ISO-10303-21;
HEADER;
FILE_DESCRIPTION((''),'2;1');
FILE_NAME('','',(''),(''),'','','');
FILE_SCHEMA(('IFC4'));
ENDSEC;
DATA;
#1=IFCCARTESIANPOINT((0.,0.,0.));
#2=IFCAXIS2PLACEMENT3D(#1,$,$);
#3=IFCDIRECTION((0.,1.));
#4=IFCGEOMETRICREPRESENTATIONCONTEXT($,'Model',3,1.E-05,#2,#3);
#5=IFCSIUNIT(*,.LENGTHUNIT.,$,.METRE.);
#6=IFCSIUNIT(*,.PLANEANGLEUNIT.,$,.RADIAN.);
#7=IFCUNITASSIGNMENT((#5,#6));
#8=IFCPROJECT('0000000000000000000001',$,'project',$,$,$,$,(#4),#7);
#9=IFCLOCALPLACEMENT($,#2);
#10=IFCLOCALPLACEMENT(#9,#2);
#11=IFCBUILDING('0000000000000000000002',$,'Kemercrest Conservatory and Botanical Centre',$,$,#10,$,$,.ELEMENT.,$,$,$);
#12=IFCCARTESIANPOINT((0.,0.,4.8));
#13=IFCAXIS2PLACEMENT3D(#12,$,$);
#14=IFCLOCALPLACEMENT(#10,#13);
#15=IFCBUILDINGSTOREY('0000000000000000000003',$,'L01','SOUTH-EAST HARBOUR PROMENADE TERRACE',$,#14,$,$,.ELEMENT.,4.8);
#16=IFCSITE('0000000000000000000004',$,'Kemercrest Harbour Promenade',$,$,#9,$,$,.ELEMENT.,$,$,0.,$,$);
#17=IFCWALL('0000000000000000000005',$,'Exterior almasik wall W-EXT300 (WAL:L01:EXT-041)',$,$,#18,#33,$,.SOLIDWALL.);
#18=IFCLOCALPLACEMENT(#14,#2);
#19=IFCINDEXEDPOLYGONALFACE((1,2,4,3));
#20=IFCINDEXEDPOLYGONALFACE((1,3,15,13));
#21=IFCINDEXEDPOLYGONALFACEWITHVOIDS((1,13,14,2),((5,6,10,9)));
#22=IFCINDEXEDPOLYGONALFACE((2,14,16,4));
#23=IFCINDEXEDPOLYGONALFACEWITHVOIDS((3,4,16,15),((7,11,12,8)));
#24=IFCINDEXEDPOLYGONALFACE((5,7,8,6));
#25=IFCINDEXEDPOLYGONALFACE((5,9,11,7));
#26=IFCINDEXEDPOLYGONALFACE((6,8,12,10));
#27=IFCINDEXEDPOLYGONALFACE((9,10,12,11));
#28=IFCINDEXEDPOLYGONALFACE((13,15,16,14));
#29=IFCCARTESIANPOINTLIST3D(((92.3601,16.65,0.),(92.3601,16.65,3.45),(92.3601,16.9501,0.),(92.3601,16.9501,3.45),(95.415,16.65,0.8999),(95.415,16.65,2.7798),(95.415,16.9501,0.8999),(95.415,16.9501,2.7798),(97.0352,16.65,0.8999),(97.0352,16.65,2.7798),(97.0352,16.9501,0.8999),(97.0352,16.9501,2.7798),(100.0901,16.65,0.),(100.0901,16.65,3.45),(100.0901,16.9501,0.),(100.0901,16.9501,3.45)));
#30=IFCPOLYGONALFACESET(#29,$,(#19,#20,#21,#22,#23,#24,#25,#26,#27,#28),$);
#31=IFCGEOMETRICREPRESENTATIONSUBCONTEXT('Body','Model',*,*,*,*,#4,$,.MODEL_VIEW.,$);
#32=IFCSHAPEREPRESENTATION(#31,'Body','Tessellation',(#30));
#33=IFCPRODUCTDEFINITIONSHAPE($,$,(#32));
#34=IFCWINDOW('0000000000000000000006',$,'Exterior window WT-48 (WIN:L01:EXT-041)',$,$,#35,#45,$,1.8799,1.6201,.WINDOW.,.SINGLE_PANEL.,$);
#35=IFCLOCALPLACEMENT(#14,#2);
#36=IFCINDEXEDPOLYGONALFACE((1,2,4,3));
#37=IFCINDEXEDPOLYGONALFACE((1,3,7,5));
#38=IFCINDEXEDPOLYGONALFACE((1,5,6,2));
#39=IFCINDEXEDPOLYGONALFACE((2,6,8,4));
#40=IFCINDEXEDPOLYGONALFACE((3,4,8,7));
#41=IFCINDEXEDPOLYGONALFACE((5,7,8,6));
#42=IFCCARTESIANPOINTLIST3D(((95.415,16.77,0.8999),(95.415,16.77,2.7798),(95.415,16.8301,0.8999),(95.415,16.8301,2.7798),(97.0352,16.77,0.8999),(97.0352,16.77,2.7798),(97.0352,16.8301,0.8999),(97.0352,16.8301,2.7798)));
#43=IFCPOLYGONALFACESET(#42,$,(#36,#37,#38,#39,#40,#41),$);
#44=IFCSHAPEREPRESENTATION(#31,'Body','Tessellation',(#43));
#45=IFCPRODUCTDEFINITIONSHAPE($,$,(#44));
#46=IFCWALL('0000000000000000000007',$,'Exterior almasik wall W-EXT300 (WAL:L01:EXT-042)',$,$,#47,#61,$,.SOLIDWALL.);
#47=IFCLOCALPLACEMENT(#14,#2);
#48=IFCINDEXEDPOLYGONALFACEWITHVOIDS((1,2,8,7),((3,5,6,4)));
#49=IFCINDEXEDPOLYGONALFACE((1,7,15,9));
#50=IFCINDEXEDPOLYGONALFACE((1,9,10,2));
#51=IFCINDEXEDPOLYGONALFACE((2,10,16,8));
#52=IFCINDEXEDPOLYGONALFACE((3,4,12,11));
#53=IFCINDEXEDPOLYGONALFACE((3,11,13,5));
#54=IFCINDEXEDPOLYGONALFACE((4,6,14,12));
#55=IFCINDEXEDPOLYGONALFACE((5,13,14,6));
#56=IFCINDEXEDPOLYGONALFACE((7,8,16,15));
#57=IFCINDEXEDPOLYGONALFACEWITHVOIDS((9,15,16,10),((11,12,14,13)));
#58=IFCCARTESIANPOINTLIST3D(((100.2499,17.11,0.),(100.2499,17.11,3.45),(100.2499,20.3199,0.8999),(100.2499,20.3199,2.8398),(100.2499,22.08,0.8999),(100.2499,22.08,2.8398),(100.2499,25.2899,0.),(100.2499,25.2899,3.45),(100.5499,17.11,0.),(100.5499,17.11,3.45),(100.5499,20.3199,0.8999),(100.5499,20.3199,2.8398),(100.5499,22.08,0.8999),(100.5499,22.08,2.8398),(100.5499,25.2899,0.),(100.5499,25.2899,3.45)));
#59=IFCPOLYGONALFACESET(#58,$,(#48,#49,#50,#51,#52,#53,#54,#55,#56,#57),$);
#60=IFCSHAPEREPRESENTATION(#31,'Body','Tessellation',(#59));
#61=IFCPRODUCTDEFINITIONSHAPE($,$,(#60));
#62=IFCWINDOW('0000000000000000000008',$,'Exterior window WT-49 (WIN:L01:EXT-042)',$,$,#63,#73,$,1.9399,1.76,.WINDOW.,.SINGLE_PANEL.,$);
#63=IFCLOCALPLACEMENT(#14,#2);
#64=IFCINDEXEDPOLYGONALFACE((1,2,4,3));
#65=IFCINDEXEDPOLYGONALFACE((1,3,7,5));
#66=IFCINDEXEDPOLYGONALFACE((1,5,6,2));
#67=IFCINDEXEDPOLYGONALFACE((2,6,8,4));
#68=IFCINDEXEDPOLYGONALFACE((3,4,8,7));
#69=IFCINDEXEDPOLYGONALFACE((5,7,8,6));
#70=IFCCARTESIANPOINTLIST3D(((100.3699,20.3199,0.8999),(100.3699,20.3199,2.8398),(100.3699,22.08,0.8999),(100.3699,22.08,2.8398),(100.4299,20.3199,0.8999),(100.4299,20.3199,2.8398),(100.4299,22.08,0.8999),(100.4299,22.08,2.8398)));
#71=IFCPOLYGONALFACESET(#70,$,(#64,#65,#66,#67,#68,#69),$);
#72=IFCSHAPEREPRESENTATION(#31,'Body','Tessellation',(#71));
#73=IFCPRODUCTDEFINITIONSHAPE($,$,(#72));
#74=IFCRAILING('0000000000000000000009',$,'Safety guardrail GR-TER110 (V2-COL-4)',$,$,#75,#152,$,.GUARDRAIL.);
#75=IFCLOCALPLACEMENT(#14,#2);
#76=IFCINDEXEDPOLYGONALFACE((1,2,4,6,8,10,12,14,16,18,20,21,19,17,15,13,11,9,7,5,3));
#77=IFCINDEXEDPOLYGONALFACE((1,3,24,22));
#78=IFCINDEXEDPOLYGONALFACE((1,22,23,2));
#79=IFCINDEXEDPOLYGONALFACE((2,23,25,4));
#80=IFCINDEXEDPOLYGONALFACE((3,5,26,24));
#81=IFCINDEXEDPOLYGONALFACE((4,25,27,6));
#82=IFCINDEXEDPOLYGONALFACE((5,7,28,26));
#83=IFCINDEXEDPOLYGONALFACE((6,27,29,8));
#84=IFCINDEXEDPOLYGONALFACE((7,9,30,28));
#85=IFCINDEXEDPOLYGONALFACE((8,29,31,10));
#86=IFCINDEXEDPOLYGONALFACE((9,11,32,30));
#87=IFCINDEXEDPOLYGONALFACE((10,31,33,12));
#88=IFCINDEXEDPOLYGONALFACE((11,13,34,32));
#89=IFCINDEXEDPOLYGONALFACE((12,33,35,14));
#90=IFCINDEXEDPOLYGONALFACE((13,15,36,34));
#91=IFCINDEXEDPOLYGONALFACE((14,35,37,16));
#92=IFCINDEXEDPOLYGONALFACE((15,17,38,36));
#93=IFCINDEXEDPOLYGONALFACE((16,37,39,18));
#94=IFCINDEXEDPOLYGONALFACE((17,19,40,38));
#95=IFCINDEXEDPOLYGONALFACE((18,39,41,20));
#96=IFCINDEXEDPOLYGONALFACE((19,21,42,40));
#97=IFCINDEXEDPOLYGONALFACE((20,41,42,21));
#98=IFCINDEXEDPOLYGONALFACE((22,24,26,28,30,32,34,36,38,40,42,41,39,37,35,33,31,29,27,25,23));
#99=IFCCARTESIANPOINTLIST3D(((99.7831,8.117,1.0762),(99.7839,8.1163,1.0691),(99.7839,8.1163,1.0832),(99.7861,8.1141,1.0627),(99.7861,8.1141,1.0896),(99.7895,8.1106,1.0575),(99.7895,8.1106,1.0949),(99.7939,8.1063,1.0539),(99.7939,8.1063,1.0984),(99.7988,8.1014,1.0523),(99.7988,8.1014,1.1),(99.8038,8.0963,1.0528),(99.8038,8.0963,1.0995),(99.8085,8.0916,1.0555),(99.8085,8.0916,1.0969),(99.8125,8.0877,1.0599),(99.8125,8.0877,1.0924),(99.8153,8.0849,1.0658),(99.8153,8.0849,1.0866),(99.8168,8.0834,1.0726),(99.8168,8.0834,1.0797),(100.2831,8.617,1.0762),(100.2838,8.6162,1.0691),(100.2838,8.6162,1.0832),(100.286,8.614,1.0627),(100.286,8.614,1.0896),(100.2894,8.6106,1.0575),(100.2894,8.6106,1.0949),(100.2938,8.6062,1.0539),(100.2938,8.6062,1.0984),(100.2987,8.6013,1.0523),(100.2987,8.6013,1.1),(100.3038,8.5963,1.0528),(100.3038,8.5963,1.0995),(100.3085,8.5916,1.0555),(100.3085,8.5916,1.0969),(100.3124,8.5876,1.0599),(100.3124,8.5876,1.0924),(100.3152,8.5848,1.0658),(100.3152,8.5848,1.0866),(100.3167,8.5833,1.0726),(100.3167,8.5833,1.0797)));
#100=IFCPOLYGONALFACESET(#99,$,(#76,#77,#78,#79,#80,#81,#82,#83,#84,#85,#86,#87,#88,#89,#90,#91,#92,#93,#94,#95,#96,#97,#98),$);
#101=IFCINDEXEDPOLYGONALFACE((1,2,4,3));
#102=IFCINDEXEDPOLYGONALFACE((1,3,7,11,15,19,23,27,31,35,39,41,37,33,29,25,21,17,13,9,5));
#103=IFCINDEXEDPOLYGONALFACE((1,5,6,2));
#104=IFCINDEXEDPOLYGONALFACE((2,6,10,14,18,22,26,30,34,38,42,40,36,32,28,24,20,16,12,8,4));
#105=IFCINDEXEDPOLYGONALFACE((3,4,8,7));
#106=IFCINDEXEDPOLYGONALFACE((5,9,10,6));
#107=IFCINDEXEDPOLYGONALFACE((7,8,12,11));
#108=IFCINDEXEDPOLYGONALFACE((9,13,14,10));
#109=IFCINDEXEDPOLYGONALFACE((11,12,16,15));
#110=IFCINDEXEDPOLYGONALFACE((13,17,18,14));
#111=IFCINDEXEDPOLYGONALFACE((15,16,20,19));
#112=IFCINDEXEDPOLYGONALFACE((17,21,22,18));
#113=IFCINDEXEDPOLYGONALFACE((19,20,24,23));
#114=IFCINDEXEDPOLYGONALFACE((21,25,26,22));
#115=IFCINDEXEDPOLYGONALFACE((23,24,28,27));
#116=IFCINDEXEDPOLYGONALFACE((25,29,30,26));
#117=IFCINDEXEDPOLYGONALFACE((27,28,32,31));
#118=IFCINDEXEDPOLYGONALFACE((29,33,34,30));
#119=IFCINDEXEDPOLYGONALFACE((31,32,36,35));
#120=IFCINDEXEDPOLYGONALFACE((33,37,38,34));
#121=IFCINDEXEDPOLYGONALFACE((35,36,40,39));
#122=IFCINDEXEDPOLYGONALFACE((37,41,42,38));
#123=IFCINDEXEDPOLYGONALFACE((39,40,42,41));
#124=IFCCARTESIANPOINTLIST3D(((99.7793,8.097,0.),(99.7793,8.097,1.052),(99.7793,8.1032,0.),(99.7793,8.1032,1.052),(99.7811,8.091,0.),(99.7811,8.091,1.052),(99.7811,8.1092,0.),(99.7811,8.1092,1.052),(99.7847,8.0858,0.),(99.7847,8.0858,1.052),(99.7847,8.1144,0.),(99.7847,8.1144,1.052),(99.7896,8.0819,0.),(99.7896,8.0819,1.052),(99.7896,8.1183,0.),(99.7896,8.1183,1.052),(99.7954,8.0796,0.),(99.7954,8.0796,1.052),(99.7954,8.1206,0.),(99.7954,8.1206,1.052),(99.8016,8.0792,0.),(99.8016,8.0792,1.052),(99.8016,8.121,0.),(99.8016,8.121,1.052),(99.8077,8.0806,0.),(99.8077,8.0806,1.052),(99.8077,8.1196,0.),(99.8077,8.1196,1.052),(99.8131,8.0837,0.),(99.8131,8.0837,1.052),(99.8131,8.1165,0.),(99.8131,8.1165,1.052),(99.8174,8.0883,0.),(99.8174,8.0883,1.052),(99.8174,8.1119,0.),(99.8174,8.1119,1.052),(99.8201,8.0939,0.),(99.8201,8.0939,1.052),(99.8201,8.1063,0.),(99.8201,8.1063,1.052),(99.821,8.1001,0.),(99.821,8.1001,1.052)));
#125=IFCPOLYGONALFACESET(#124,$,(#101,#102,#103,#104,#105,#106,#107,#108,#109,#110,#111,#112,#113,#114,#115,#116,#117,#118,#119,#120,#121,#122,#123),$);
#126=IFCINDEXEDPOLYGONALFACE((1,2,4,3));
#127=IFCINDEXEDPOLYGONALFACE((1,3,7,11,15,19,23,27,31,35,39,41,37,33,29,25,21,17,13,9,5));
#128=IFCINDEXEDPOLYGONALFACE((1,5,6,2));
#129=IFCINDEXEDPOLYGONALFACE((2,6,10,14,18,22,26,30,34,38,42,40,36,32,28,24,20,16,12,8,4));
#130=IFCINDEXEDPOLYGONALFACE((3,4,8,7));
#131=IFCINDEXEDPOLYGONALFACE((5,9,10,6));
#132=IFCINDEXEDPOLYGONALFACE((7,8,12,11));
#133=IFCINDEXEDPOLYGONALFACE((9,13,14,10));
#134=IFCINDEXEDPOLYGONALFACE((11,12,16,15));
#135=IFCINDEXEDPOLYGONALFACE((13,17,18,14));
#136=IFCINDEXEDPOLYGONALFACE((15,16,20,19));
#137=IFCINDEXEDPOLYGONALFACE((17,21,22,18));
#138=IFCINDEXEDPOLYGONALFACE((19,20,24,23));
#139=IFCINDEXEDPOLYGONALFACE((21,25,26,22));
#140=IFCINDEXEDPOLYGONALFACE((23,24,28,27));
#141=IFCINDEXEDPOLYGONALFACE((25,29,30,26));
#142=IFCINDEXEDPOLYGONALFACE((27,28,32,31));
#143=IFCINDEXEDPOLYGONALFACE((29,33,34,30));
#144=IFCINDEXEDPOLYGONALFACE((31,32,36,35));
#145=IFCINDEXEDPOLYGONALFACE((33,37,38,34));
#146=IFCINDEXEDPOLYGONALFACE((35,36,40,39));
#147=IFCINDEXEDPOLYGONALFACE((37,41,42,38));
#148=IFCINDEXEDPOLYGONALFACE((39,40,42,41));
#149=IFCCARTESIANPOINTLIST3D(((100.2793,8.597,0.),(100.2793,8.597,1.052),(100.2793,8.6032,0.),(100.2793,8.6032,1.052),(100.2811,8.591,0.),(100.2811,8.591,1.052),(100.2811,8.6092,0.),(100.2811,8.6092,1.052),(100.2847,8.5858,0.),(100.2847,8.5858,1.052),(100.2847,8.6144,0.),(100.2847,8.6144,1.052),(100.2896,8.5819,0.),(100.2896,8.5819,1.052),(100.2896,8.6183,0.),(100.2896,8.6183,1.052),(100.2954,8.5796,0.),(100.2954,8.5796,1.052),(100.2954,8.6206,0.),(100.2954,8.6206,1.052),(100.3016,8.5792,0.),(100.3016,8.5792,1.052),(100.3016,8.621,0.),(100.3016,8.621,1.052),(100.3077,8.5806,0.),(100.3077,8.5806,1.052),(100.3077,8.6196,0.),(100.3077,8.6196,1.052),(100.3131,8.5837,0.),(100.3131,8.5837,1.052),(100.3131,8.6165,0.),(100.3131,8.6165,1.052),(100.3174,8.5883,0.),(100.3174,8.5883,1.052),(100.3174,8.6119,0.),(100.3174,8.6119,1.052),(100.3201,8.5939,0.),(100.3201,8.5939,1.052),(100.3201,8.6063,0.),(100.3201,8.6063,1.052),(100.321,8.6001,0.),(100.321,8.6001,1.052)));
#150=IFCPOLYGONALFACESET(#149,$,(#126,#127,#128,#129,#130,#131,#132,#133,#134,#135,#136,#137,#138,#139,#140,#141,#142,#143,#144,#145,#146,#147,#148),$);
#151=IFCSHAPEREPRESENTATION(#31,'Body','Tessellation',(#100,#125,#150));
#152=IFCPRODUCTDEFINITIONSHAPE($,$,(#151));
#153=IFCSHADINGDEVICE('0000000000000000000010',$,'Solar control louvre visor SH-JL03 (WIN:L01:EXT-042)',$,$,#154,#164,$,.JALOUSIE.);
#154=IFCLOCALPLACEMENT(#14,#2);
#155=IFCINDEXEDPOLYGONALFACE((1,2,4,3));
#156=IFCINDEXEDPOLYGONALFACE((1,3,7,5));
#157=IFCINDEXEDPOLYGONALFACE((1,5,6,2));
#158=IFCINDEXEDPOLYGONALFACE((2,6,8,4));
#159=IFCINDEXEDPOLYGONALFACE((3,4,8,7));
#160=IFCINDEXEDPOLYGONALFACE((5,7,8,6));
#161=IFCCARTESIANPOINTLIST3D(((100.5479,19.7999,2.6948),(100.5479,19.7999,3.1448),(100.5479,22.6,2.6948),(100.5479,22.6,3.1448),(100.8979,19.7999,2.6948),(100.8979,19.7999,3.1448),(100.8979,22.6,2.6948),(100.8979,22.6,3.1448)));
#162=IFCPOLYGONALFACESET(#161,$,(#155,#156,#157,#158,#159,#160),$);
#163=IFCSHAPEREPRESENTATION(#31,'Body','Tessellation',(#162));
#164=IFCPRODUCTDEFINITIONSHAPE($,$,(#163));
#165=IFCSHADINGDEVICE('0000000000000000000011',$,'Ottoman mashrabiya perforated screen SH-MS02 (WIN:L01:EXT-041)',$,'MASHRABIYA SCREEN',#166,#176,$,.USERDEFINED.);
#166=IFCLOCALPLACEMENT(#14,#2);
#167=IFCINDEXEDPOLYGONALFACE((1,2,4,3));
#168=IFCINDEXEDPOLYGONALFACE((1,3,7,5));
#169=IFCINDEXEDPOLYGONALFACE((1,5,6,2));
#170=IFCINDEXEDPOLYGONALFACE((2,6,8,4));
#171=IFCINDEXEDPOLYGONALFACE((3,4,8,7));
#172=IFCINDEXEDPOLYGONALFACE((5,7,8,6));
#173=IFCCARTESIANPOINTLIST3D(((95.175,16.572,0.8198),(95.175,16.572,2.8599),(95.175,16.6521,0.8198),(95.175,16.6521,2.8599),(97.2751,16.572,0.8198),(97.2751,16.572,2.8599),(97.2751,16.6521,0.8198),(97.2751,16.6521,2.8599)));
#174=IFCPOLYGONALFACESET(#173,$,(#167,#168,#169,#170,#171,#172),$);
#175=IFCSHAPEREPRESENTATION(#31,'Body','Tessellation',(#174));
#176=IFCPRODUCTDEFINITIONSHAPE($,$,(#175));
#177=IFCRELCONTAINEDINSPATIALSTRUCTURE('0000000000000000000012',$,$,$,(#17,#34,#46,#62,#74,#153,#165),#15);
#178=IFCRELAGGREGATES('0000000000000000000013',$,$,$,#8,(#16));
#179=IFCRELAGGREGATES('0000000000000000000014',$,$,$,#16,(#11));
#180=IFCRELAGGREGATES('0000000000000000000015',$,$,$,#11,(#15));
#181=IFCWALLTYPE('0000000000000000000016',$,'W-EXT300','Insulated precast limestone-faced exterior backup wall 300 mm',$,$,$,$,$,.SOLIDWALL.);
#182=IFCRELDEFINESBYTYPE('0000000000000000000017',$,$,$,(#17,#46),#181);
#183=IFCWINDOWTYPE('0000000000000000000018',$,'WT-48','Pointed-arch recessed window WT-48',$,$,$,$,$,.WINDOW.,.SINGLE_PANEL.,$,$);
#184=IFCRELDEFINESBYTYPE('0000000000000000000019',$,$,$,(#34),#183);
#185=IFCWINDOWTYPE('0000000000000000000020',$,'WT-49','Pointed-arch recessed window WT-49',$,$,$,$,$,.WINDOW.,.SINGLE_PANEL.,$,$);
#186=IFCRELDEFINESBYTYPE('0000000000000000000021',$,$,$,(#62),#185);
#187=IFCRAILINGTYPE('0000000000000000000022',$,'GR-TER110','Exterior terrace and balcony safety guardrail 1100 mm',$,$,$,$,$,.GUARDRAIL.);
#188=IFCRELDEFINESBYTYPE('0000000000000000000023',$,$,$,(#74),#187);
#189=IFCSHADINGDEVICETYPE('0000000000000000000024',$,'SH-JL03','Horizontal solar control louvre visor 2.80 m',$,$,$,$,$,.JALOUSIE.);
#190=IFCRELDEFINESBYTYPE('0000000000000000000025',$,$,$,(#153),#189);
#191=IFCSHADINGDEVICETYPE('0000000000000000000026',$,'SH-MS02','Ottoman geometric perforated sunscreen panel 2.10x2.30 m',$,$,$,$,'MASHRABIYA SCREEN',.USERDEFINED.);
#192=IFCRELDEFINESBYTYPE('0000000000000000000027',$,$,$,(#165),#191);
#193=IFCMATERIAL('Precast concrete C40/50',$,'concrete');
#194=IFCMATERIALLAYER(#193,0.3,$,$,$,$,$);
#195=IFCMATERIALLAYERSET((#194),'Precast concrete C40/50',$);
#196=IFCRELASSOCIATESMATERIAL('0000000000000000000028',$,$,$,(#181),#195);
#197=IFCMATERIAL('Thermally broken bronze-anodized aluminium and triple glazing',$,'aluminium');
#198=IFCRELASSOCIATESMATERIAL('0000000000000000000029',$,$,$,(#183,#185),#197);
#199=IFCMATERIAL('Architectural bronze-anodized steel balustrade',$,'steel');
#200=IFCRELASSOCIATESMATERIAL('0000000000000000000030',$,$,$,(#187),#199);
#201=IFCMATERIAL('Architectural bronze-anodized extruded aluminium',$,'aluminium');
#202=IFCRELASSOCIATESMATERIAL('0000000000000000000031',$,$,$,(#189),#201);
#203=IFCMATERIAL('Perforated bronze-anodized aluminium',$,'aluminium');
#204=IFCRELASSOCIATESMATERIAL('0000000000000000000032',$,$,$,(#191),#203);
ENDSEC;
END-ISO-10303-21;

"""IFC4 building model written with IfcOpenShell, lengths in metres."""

from ifc_helpers import new_model, si_unit, direction, frame, frame_2d, origin, origin_2d, place, context, subcontext, project, spatial, rectangle, circle, extrude, material, layer, layer_set, type_object, element, fill, save


model = new_model("IFC4")

# Units and contexts
model_context = context("Model", 3, precision=1e-05, world=origin(), true_north=direction((0.0, 1.0)))
body_context = subcontext(model_context, "Body", "Model", "MODEL_VIEW")
ifc_project = project(units=[si_unit("LENGTHUNIT", "METRE"), si_unit("PLANEANGLEUNIT", "RADIAN")], contexts=[model_context])

# Site, building, storey
site_placement = place(None, origin())
site = spatial("IfcSite", under=ifc_project, at=site_placement, Name="Kemercrest Harbour Promenade", CompositionType="ELEMENT", RefElevation=0.0)
building_placement = place(site_placement, origin())
building = spatial("IfcBuilding", under=site, at=building_placement, Name="Kemercrest Conservatory and Botanical Centre", CompositionType="ELEMENT")
storey_placement = place(building_placement, frame((0.0, 0.0, 4.8)))
storey = spatial("IfcBuildingStorey", under=building, at=storey_placement, Name="L01", Description="SOUTH-EAST HARBOUR PROMENADE TERRACE", CompositionType="ELEMENT", Elevation=4.8)

# Shared definitions
ifc_material_1 = material(Name="Precast concrete C40/50", Category="concrete")

# Shared definitions
ifc_layer = layer(ifc_material_1, 0.3)
ifc_layer_set = layer_set([ifc_layer], Name="Precast concrete C40/50")
wall_type = type_object("IfcWallType", Name="W-EXT300", Description="Insulated precast limestone-faced exterior backup wall 300 mm", PredefinedType="SOLIDWALL", material=ifc_layer_set)

# Walls, openings, windows
wall_1_placement = place(storey_placement, frame((92.3601, 16.8, 0.0), z_axis=(0.0, 0.0, 1.0), x_axis=(1.0, 0.0, 0.0)))
wall_1 = element("IfcWall", 1, at=wall_1_placement, inside=storey, type_object=wall_type, Name="Exterior almasik wall W-EXT300 (WAL:L01:EXT-041)", PredefinedType="SOLIDWALL", context=body_context, shape_type="SweptSolid", body=[
    extrude(rectangle(XDim=7.73, YDim=0.3, at=frame_2d((3.865, 0.0))), origin(), (0.0, 0.0, 1.0), 3.45),
])
opening_1_placement = place(wall_1_placement, frame((3.0549, 0.0, 0.8999)))
opening_1 = element("IfcOpeningElement", 2, at=opening_1_placement, cuts=wall_1, PredefinedType="OPENING", context=body_context, shape_type="SweptSolid", body=[
    extrude(rectangle(XDim=1.6201, YDim=1.8799, at=frame_2d((0.8101, 0.9399))), frame((0.0, 0.1602, 0.0), z_axis=(0.0, -1.0, 0.0), x_axis=(1.0, 0.0, 0.0)), (0.0, 0.0, 1.0), 0.3201),
])
ifc_material_2 = material(Name="Thermally broken bronze-anodized aluminium and triple glazing", Category="aluminium")
window_type_1 = type_object("IfcWindowType", Name="WT-48", Description="Pointed-arch recessed window WT-48", PartitioningType="SINGLE_PANEL", PredefinedType="WINDOW", material=ifc_material_2)
window_1_placement = place(opening_1_placement, origin())
window_1 = element("IfcWindow", 3, at=window_1_placement, inside=storey, type_object=window_type_1, Name="Exterior window WT-48 (WIN:L01:EXT-041)", OverallHeight=1.8799, OverallWidth=1.6201, PartitioningType="SINGLE_PANEL", PredefinedType="WINDOW", context=body_context, shape_type="SweptSolid", body=[
    extrude(rectangle(XDim=1.6201, YDim=1.8799, at=frame_2d((0.8101, 0.9399))), frame((0.0, 0.03, 0.0), z_axis=(0.0, -1.0, 0.0), x_axis=(1.0, 0.0, 0.0)), (0.0, 0.0, 1.0), 0.0601),
])
fill(opening_1, window_1)
wall_2_placement = place(storey_placement, frame((100.3999, 17.1101, 0.0), z_axis=(0.0, 0.0, 1.0), x_axis=(0.0, 1.0, 0.0)))
wall_2 = element("IfcWall", 4, at=wall_2_placement, inside=storey, type_object=wall_type, Name="Exterior almasik wall W-EXT300 (WAL:L01:EXT-042)", PredefinedType="SOLIDWALL", context=body_context, shape_type="SweptSolid", body=[
    extrude(rectangle(XDim=8.1799, YDim=0.3, at=frame_2d((4.0898, 0.0))), origin(), (0.0, 0.0, 1.0), 3.45),
])
opening_2_placement = place(wall_2_placement, frame((3.21, 0.0, 0.8999)))
opening_2 = element("IfcOpeningElement", 5, at=opening_2_placement, cuts=wall_2, PredefinedType="OPENING", context=body_context, shape_type="SweptSolid", body=[
    extrude(rectangle(XDim=1.76, YDim=1.9399, at=frame_2d((0.8799, 0.97))), frame((0.0, 0.1602, 0.0), z_axis=(0.0, -1.0, 0.0), x_axis=(1.0, 0.0, 0.0)), (0.0, 0.0, 1.0), 0.3201),
])
window_type_2 = type_object("IfcWindowType", Name="WT-49", Description="Pointed-arch recessed window WT-49", PartitioningType="SINGLE_PANEL", PredefinedType="WINDOW", material=ifc_material_2)
window_2_placement = place(opening_2_placement, origin())
window_2 = element("IfcWindow", 6, at=window_2_placement, inside=storey, type_object=window_type_2, Name="Exterior window WT-49 (WIN:L01:EXT-042)", OverallHeight=1.9399, OverallWidth=1.76, PartitioningType="SINGLE_PANEL", PredefinedType="WINDOW", context=body_context, shape_type="SweptSolid", body=[
    extrude(rectangle(XDim=1.76, YDim=1.9399, at=frame_2d((0.8799, 0.97))), frame((0.0, 0.03, 0.0), z_axis=(0.0, -1.0, 0.0), x_axis=(1.0, 0.0, 0.0)), (0.0, 0.0, 1.0), 0.0601),
])
fill(opening_2, window_2)

# Railing
ifc_material_3 = material(Name="Architectural bronze-anodized steel balustrade", Category="steel")
railing_type_1 = type_object("IfcRailingType", Name="GR-TER110", Description="Exterior terrace and balcony safety guardrail 1100 mm", PredefinedType="GUARDRAIL", material=ifc_material_3)
railing_1_placement = place(storey_placement, frame((99.8, 8.1001, 0.0)))
element("IfcRailing", 7, at=railing_1_placement, inside=storey, type_object=railing_type_1, Name="Safety guardrail GR-TER110 (V2-COL-4)", PredefinedType="GUARDRAIL", context=body_context, shape_type="SweptSolid", body=[
    extrude(circle(Radius=0.0239, at=origin_2d()), frame((0.0, 0.0, 1.0762), z_axis=(0.707107, 0.707107, 0.0), x_axis=(-0.707107, 0.707107, 0.0)), (0.0, 0.0, 1.0), 0.707),
    extrude(circle(Radius=0.021, at=origin_2d()), origin(), (0.0, 0.0, 1.0), 1.052),
    extrude(circle(Radius=0.021, at=origin_2d()), frame((0.5, 0.5, 0.0)), (0.0, 0.0, 1.0), 1.052),
])

# Shading devices
ifc_material_4 = material(Name="Architectural bronze-anodized extruded aluminium", Category="aluminium")
shading_device_type_1 = type_object("IfcShadingDeviceType", Name="SH-JL03", Description="Horizontal solar control louvre visor 2.80 m", PredefinedType="JALOUSIE", material=ifc_material_4)
shading_device_1_placement = place(storey_placement, frame((100.7229, 21.2, 2.6948), z_axis=(0.0, 0.0, 1.0), x_axis=(0.0, 1.0, 0.0)))
element("IfcShadingDevice", 8, at=shading_device_1_placement, inside=storey, type_object=shading_device_type_1, Name="Solar control louvre visor SH-JL03 (WIN:L01:EXT-042)", PredefinedType="JALOUSIE", context=body_context, shape_type="SweptSolid", body=[
    extrude(rectangle(XDim=2.8, YDim=0.3501, at=origin_2d()), origin(), (0.0, 0.0, 1.0), 0.45),
])
ifc_material_5 = material(Name="Perforated bronze-anodized aluminium", Category="aluminium")
shading_device_type_2 = type_object("IfcShadingDeviceType", Name="SH-MS02", Description="Ottoman geometric perforated sunscreen panel 2.10x2.30 m", ElementType="MASHRABIYA SCREEN", PredefinedType="USERDEFINED", material=ifc_material_5)
shading_device_2_placement = place(storey_placement, frame((96.2251, 16.6121, 0.8198), z_axis=(0.0, 0.0, 1.0), x_axis=(1.0, 0.0, 0.0)))
element("IfcShadingDevice", 9, at=shading_device_2_placement, inside=storey, type_object=shading_device_type_2, Name="Ottoman mashrabiya perforated screen SH-MS02 (WIN:L01:EXT-041)", ObjectType="MASHRABIYA SCREEN", PredefinedType="USERDEFINED", context=body_context, shape_type="SweptSolid", body=[
    extrude(rectangle(XDim=2.1001, YDim=0.0801, at=origin_2d()), origin(), (0.0, 0.0, 1.0), 2.04),
])

save(model, "model.ifc")
